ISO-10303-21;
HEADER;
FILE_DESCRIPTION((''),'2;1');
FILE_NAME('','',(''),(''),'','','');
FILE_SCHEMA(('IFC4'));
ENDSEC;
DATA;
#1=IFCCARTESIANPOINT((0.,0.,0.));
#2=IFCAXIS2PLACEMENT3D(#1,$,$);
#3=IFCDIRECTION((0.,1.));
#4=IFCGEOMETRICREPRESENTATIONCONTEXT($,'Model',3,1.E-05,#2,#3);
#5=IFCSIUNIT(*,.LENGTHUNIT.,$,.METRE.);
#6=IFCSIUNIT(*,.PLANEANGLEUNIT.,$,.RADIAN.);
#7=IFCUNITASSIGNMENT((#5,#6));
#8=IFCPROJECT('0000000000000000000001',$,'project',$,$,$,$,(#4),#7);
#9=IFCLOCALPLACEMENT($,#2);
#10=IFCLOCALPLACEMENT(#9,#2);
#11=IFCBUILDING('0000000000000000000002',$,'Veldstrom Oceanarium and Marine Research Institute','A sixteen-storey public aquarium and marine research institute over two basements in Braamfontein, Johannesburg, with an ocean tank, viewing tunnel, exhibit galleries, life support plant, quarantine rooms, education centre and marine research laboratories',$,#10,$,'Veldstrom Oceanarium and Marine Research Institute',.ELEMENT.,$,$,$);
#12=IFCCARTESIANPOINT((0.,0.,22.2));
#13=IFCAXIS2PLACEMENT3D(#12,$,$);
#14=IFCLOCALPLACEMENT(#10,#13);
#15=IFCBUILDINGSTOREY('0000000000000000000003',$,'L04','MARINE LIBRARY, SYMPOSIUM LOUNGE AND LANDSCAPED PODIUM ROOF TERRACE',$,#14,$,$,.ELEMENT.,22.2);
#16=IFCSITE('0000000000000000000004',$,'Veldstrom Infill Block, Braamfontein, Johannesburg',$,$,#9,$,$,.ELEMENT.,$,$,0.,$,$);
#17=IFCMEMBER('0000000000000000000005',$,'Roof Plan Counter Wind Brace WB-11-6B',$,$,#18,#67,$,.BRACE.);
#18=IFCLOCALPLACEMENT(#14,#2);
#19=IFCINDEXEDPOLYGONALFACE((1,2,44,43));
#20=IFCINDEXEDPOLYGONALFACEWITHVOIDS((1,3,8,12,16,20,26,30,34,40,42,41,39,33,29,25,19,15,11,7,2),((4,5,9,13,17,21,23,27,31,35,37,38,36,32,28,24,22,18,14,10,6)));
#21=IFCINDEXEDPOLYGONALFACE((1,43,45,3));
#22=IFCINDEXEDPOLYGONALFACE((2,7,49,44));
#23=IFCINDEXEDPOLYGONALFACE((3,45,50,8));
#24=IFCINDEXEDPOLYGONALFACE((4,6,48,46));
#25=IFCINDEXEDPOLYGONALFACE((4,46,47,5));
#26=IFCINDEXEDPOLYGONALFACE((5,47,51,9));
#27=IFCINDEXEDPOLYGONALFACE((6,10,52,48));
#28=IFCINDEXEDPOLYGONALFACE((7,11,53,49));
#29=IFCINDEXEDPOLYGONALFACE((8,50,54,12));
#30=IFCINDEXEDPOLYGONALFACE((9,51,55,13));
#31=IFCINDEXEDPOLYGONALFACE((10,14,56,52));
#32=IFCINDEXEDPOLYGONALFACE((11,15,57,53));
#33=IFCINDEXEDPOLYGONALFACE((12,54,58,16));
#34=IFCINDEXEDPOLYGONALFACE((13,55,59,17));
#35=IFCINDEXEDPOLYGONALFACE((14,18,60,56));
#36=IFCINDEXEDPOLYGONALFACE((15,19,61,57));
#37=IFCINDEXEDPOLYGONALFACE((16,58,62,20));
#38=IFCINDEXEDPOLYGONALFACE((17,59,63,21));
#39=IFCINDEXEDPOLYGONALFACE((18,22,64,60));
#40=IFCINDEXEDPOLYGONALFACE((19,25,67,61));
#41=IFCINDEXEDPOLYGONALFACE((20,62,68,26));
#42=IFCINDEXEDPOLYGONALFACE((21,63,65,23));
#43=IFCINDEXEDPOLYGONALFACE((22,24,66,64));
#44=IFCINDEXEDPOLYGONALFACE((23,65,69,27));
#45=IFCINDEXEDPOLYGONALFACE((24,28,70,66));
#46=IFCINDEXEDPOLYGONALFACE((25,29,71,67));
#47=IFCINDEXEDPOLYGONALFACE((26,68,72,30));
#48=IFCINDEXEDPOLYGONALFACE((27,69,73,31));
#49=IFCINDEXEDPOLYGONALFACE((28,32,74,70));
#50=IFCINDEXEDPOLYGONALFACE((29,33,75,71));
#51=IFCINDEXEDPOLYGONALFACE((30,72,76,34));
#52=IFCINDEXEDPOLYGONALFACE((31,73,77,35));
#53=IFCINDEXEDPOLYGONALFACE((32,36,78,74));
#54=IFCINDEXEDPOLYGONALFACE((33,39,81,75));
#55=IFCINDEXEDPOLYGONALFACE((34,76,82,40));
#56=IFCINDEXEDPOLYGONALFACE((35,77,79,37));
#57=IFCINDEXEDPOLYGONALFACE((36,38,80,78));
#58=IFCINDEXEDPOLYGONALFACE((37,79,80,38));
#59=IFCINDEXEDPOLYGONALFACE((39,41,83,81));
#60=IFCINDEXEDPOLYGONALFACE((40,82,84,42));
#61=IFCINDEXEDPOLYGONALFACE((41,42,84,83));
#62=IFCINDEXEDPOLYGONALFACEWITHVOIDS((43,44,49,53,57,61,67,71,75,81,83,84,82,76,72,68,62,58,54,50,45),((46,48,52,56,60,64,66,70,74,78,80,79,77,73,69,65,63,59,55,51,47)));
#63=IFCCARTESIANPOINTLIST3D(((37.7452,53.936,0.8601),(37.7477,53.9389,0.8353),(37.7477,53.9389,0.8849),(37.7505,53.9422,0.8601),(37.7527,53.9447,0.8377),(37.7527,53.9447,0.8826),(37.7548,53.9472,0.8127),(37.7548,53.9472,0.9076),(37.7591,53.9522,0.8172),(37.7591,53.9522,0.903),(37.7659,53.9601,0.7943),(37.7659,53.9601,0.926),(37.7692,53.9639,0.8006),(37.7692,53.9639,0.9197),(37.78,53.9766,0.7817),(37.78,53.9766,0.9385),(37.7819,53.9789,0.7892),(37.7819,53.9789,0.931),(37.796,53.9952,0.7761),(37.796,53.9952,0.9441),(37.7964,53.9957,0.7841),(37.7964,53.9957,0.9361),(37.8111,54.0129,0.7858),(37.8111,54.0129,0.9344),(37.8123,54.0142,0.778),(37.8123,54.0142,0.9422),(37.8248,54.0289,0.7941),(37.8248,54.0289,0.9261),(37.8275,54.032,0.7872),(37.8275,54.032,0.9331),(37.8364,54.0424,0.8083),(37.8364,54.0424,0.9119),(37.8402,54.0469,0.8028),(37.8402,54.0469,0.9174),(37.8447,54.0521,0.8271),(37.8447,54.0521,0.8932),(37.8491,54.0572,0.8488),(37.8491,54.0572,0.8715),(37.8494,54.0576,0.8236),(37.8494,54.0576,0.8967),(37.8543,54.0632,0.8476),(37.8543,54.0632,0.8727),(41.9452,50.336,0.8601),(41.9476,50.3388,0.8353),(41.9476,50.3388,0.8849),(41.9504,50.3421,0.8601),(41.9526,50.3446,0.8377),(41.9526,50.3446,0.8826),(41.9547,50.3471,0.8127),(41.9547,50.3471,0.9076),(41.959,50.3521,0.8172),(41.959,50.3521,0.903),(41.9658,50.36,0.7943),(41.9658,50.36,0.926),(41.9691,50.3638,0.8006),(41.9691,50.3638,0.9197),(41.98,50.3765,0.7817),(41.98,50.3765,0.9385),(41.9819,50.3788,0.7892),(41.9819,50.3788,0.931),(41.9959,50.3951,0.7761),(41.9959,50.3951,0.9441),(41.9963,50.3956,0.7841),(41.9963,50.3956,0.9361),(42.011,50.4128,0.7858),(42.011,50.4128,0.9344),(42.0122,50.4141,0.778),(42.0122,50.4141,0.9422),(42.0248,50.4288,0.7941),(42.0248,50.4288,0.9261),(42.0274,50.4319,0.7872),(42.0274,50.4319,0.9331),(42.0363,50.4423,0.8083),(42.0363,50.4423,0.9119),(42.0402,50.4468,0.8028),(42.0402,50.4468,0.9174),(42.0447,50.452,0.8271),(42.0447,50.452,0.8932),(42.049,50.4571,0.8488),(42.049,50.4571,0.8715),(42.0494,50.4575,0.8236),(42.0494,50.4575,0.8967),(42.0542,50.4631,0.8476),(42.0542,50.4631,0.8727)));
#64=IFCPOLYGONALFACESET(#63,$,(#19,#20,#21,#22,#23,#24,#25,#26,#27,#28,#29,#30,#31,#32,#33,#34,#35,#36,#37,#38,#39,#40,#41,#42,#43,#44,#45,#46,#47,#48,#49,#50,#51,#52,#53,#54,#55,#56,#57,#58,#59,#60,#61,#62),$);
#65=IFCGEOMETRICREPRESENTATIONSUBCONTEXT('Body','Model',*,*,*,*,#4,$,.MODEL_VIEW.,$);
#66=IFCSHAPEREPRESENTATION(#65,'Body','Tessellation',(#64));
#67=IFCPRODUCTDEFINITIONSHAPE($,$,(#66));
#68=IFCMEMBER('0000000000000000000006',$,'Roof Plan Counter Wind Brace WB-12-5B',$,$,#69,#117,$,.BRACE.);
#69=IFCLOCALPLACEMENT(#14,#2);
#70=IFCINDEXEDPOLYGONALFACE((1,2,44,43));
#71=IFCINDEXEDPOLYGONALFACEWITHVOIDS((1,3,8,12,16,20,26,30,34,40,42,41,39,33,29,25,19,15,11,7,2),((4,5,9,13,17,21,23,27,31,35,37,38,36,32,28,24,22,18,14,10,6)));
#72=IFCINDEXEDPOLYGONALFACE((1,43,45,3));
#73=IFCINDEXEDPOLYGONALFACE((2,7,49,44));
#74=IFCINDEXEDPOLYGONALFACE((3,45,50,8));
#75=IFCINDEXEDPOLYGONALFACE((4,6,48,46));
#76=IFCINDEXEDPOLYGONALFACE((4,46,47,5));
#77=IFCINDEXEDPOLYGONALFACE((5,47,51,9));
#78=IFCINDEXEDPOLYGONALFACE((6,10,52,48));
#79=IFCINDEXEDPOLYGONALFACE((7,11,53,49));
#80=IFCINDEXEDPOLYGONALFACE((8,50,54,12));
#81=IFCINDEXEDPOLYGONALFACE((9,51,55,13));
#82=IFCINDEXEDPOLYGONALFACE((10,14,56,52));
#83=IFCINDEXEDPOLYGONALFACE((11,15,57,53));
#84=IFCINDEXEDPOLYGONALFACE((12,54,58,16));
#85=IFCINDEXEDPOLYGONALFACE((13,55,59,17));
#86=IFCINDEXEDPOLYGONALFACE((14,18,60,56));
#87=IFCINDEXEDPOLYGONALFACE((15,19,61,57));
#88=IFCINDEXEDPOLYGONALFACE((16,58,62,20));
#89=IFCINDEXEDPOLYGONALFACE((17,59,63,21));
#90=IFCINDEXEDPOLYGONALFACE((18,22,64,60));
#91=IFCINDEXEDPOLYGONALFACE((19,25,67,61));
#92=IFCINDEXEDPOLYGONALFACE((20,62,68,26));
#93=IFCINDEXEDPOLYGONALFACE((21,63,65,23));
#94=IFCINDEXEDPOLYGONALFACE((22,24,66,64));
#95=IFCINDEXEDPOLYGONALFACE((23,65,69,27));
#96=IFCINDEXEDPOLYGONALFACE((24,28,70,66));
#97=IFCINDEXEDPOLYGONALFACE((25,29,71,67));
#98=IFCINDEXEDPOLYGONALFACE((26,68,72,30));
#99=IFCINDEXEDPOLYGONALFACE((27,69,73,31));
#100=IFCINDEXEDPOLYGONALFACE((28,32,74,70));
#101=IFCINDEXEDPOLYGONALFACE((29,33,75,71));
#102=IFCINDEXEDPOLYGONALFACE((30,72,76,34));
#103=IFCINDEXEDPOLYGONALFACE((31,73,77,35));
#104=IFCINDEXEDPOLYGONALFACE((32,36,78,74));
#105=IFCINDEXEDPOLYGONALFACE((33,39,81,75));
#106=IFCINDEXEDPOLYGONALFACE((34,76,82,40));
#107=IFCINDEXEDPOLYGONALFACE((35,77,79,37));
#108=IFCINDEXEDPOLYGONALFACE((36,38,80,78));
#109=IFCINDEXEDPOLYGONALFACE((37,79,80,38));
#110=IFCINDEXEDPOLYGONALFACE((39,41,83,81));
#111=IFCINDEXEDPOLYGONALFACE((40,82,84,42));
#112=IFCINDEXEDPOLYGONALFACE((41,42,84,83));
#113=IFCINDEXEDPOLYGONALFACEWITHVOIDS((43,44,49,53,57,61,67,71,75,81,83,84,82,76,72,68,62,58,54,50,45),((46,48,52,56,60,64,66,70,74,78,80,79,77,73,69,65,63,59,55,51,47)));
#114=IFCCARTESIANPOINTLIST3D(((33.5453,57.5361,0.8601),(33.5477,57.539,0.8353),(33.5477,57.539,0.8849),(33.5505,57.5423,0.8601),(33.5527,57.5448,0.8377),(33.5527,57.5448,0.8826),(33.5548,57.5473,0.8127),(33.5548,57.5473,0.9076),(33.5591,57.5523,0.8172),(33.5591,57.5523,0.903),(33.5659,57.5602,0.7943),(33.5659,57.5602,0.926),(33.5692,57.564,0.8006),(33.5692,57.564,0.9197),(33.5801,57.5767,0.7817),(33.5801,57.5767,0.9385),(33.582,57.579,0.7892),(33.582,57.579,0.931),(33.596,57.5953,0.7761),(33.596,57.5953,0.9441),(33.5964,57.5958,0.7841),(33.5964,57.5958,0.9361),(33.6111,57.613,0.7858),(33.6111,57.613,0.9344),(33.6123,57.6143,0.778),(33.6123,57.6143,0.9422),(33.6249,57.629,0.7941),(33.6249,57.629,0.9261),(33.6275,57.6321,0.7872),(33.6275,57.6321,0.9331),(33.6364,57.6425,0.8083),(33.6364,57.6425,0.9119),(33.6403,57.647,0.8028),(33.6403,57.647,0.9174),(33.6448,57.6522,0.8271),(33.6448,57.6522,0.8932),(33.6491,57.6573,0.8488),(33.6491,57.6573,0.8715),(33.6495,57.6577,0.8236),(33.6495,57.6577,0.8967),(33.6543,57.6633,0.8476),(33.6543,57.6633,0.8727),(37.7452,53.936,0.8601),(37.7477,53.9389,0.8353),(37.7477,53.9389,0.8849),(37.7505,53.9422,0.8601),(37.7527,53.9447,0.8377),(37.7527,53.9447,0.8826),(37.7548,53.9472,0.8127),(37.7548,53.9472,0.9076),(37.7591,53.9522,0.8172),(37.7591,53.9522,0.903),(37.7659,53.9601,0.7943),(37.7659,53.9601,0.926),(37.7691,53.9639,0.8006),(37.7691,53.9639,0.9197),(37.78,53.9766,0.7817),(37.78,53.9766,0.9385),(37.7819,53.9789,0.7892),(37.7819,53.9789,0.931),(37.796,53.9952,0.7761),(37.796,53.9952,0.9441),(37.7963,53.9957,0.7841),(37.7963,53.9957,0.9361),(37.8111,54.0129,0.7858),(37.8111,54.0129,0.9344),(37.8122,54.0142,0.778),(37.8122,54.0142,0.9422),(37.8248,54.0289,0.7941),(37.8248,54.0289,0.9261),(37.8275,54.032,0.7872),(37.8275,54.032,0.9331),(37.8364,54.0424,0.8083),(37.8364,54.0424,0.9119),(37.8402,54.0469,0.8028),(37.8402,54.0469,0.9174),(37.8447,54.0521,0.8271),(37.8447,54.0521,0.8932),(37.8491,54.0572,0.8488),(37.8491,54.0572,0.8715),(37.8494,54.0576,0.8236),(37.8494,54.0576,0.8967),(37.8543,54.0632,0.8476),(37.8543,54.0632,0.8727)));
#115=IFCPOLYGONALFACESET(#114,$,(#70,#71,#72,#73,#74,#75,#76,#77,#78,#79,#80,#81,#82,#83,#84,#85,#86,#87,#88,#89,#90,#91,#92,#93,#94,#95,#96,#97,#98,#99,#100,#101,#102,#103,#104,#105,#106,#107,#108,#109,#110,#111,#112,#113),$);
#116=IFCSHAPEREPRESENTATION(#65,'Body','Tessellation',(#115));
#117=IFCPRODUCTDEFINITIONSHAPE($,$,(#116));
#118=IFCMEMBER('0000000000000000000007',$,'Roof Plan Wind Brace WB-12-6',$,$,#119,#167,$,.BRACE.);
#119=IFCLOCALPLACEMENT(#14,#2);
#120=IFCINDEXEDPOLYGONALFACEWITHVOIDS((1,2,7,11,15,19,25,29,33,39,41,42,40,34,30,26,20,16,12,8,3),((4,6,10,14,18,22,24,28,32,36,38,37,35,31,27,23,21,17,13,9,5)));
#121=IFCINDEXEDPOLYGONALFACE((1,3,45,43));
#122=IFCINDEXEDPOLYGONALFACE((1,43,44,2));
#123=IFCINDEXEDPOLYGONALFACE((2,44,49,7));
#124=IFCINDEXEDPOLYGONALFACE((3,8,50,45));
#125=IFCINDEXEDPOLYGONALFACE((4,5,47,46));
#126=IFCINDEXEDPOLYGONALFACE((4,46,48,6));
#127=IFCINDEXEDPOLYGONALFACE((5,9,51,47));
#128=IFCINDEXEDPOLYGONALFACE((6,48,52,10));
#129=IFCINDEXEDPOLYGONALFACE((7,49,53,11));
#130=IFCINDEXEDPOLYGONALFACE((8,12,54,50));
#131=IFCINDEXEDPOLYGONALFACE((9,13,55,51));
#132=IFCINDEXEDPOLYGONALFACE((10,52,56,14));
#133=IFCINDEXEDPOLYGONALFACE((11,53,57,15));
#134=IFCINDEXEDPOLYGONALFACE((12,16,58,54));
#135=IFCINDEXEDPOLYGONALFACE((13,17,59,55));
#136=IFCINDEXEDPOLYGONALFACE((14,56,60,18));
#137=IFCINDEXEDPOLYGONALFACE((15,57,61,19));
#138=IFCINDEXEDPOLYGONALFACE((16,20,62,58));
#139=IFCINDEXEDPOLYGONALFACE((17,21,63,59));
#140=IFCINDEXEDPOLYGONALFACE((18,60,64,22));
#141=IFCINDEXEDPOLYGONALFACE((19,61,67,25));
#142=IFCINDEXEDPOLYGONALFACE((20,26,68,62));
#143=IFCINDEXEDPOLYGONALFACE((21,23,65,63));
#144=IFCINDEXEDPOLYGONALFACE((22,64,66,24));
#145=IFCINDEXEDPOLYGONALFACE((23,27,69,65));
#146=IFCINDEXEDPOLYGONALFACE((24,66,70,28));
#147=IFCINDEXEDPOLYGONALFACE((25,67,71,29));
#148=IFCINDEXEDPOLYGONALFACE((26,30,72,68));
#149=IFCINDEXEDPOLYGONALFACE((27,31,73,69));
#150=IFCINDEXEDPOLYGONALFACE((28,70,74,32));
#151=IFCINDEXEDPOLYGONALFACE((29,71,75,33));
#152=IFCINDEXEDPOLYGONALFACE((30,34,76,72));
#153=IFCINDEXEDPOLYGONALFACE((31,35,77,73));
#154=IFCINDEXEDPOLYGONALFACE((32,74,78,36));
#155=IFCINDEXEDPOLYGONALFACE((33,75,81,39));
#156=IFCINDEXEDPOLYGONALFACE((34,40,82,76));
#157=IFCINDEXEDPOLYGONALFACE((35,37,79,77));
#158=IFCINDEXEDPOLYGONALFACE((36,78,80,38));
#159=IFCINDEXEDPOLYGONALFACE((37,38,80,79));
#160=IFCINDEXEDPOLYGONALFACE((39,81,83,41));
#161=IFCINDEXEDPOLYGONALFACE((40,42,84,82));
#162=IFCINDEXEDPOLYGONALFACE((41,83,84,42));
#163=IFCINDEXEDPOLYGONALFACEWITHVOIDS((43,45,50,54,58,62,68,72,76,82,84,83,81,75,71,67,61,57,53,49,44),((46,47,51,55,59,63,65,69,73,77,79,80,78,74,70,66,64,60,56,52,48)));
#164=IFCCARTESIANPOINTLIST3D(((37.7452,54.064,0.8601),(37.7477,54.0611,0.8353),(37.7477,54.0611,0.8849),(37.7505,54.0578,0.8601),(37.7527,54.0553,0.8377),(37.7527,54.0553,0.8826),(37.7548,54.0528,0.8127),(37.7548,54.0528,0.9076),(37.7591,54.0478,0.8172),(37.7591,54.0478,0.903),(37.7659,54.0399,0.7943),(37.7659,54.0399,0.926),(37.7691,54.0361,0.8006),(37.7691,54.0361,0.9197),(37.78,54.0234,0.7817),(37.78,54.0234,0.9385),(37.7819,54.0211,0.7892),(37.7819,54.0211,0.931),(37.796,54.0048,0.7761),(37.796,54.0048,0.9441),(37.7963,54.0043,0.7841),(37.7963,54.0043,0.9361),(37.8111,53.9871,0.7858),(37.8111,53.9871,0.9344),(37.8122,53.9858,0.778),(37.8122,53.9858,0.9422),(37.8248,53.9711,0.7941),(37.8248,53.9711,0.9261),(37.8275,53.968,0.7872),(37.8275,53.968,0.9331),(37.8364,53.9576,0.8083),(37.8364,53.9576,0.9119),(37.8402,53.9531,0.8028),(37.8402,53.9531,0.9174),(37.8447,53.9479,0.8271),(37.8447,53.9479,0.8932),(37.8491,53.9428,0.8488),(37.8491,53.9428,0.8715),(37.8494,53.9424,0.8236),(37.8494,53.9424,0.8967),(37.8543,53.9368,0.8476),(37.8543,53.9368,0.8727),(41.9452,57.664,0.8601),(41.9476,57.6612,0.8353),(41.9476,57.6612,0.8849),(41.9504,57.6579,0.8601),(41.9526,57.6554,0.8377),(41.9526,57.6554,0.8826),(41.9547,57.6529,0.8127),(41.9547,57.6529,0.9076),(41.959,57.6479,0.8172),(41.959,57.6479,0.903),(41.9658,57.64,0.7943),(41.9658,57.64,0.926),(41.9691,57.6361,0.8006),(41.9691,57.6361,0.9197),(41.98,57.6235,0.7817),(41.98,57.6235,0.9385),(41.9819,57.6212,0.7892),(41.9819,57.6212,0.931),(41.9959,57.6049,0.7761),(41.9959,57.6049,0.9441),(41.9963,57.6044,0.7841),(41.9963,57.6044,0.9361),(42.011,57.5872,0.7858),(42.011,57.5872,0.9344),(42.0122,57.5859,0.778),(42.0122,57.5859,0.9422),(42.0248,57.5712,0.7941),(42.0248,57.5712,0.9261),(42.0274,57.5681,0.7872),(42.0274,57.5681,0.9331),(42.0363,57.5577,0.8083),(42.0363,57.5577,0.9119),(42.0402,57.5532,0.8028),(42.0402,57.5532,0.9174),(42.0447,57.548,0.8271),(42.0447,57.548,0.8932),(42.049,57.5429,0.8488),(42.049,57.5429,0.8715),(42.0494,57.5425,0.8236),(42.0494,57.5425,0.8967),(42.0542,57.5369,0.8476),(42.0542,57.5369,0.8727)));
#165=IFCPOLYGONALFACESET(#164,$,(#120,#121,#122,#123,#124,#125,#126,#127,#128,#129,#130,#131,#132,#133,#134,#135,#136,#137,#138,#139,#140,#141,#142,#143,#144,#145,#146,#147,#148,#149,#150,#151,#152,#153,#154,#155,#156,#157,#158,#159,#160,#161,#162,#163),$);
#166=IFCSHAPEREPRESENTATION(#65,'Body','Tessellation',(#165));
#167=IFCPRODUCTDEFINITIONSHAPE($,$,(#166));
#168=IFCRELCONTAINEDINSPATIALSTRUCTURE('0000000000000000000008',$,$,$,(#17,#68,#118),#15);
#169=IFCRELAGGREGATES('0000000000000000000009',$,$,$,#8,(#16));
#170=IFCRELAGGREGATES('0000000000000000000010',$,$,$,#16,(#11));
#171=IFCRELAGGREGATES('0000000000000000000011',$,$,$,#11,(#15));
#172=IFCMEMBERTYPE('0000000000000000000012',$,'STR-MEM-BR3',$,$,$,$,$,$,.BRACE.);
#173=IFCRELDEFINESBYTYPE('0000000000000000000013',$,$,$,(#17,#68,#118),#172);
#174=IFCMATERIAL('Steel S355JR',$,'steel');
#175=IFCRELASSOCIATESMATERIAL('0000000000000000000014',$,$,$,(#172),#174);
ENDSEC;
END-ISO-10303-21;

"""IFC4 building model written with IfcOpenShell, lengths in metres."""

from ifc_helpers import new_model, si_unit, direction, frame, origin, origin_2d, place, context, subcontext, project, spatial, hollow_circle, extrude, material, material_profile, profile_set, type_object, element, save


model = new_model("IFC4")

# Units and contexts
model_context = context("Model", 3, precision=1e-05, world=origin(), true_north=direction((0.0, 1.0)))
body_context = subcontext(model_context, "Body", "Model", "MODEL_VIEW")
ifc_project = project(units=[si_unit("LENGTHUNIT", "METRE"), si_unit("PLANEANGLEUNIT", "RADIAN")], contexts=[model_context])

# Site, building, storey
site_placement = place(None, origin())
site = spatial("IfcSite", under=ifc_project, at=site_placement, Name="Veldstrom Infill Block, Braamfontein, Johannesburg", CompositionType="ELEMENT", RefElevation=0.0)
building_placement = place(site_placement, origin())
building = spatial("IfcBuilding", under=site, at=building_placement, Name="Veldstrom Oceanarium and Marine Research Institute", Description="A sixteen-storey public aquarium and marine research institute over two basements in Braamfontein, Johannesburg, with an ocean tank, viewing tunnel, exhibit galleries, life support plant, quarantine rooms, education centre and marine research laboratories", LongName="Veldstrom Oceanarium and Marine Research Institute", CompositionType="ELEMENT")
storey_placement = place(building_placement, frame((0.0, 0.0, 22.2)))
storey = spatial("IfcBuildingStorey", under=building, at=storey_placement, Name="L04", Description="MARINE LIBRARY, SYMPOSIUM LOUNGE AND LANDSCAPED PODIUM ROOF TERRACE", CompositionType="ELEMENT", Elevation=22.2)

# Members
ifc_material_1 = material(Name="Steel S355JR", Category="steel")
ifc_material_profile_1 = material_profile(ifc_material_1, hollow_circle(Radius=0.0842, WallThickness=0.0081, at=origin_2d()), Name="CHS 168.3x8")
ifc_profile_set_1 = profile_set([ifc_material_profile_1], Name="Steel S355JR")
member_type_1 = type_object("IfcMemberType", Name="STR-MEM-BR3", PredefinedType="BRACE", material=ifc_profile_set_1)
for number, where, z_axis, x_axis, name in (
    (1, (42.0, 50.3999, 0.8601), (-0.759244, 0.650806, 0.0), (-0.650806, -0.759244, 0.0), "Roof Plan Counter Wind Brace WB-11-6B"),
    (2, (37.8, 54.0, 0.8601), (-0.759244, 0.650806, 0.0), (-0.650806, -0.759244, 0.0), "Roof Plan Counter Wind Brace WB-12-5B"),
    (3, (37.8, 54.0, 0.8601), (0.759244, 0.650806, 0.0), (-0.650806, 0.759244, 0.0), "Roof Plan Wind Brace WB-12-6"),
):
    element("IfcMember", number, at=place(storey_placement, frame(where, z_axis=z_axis, x_axis=x_axis)), inside=storey, type_object=member_type_1, Name=name, PredefinedType="BRACE", context=body_context, shape_type="SweptSolid", body=[
        extrude(hollow_circle(Radius=0.0842, WallThickness=0.0081, at=origin_2d()), origin(), (0.0, 0.0, 1.0), 5.5317),
    ])

save(model, "model.ifc")
